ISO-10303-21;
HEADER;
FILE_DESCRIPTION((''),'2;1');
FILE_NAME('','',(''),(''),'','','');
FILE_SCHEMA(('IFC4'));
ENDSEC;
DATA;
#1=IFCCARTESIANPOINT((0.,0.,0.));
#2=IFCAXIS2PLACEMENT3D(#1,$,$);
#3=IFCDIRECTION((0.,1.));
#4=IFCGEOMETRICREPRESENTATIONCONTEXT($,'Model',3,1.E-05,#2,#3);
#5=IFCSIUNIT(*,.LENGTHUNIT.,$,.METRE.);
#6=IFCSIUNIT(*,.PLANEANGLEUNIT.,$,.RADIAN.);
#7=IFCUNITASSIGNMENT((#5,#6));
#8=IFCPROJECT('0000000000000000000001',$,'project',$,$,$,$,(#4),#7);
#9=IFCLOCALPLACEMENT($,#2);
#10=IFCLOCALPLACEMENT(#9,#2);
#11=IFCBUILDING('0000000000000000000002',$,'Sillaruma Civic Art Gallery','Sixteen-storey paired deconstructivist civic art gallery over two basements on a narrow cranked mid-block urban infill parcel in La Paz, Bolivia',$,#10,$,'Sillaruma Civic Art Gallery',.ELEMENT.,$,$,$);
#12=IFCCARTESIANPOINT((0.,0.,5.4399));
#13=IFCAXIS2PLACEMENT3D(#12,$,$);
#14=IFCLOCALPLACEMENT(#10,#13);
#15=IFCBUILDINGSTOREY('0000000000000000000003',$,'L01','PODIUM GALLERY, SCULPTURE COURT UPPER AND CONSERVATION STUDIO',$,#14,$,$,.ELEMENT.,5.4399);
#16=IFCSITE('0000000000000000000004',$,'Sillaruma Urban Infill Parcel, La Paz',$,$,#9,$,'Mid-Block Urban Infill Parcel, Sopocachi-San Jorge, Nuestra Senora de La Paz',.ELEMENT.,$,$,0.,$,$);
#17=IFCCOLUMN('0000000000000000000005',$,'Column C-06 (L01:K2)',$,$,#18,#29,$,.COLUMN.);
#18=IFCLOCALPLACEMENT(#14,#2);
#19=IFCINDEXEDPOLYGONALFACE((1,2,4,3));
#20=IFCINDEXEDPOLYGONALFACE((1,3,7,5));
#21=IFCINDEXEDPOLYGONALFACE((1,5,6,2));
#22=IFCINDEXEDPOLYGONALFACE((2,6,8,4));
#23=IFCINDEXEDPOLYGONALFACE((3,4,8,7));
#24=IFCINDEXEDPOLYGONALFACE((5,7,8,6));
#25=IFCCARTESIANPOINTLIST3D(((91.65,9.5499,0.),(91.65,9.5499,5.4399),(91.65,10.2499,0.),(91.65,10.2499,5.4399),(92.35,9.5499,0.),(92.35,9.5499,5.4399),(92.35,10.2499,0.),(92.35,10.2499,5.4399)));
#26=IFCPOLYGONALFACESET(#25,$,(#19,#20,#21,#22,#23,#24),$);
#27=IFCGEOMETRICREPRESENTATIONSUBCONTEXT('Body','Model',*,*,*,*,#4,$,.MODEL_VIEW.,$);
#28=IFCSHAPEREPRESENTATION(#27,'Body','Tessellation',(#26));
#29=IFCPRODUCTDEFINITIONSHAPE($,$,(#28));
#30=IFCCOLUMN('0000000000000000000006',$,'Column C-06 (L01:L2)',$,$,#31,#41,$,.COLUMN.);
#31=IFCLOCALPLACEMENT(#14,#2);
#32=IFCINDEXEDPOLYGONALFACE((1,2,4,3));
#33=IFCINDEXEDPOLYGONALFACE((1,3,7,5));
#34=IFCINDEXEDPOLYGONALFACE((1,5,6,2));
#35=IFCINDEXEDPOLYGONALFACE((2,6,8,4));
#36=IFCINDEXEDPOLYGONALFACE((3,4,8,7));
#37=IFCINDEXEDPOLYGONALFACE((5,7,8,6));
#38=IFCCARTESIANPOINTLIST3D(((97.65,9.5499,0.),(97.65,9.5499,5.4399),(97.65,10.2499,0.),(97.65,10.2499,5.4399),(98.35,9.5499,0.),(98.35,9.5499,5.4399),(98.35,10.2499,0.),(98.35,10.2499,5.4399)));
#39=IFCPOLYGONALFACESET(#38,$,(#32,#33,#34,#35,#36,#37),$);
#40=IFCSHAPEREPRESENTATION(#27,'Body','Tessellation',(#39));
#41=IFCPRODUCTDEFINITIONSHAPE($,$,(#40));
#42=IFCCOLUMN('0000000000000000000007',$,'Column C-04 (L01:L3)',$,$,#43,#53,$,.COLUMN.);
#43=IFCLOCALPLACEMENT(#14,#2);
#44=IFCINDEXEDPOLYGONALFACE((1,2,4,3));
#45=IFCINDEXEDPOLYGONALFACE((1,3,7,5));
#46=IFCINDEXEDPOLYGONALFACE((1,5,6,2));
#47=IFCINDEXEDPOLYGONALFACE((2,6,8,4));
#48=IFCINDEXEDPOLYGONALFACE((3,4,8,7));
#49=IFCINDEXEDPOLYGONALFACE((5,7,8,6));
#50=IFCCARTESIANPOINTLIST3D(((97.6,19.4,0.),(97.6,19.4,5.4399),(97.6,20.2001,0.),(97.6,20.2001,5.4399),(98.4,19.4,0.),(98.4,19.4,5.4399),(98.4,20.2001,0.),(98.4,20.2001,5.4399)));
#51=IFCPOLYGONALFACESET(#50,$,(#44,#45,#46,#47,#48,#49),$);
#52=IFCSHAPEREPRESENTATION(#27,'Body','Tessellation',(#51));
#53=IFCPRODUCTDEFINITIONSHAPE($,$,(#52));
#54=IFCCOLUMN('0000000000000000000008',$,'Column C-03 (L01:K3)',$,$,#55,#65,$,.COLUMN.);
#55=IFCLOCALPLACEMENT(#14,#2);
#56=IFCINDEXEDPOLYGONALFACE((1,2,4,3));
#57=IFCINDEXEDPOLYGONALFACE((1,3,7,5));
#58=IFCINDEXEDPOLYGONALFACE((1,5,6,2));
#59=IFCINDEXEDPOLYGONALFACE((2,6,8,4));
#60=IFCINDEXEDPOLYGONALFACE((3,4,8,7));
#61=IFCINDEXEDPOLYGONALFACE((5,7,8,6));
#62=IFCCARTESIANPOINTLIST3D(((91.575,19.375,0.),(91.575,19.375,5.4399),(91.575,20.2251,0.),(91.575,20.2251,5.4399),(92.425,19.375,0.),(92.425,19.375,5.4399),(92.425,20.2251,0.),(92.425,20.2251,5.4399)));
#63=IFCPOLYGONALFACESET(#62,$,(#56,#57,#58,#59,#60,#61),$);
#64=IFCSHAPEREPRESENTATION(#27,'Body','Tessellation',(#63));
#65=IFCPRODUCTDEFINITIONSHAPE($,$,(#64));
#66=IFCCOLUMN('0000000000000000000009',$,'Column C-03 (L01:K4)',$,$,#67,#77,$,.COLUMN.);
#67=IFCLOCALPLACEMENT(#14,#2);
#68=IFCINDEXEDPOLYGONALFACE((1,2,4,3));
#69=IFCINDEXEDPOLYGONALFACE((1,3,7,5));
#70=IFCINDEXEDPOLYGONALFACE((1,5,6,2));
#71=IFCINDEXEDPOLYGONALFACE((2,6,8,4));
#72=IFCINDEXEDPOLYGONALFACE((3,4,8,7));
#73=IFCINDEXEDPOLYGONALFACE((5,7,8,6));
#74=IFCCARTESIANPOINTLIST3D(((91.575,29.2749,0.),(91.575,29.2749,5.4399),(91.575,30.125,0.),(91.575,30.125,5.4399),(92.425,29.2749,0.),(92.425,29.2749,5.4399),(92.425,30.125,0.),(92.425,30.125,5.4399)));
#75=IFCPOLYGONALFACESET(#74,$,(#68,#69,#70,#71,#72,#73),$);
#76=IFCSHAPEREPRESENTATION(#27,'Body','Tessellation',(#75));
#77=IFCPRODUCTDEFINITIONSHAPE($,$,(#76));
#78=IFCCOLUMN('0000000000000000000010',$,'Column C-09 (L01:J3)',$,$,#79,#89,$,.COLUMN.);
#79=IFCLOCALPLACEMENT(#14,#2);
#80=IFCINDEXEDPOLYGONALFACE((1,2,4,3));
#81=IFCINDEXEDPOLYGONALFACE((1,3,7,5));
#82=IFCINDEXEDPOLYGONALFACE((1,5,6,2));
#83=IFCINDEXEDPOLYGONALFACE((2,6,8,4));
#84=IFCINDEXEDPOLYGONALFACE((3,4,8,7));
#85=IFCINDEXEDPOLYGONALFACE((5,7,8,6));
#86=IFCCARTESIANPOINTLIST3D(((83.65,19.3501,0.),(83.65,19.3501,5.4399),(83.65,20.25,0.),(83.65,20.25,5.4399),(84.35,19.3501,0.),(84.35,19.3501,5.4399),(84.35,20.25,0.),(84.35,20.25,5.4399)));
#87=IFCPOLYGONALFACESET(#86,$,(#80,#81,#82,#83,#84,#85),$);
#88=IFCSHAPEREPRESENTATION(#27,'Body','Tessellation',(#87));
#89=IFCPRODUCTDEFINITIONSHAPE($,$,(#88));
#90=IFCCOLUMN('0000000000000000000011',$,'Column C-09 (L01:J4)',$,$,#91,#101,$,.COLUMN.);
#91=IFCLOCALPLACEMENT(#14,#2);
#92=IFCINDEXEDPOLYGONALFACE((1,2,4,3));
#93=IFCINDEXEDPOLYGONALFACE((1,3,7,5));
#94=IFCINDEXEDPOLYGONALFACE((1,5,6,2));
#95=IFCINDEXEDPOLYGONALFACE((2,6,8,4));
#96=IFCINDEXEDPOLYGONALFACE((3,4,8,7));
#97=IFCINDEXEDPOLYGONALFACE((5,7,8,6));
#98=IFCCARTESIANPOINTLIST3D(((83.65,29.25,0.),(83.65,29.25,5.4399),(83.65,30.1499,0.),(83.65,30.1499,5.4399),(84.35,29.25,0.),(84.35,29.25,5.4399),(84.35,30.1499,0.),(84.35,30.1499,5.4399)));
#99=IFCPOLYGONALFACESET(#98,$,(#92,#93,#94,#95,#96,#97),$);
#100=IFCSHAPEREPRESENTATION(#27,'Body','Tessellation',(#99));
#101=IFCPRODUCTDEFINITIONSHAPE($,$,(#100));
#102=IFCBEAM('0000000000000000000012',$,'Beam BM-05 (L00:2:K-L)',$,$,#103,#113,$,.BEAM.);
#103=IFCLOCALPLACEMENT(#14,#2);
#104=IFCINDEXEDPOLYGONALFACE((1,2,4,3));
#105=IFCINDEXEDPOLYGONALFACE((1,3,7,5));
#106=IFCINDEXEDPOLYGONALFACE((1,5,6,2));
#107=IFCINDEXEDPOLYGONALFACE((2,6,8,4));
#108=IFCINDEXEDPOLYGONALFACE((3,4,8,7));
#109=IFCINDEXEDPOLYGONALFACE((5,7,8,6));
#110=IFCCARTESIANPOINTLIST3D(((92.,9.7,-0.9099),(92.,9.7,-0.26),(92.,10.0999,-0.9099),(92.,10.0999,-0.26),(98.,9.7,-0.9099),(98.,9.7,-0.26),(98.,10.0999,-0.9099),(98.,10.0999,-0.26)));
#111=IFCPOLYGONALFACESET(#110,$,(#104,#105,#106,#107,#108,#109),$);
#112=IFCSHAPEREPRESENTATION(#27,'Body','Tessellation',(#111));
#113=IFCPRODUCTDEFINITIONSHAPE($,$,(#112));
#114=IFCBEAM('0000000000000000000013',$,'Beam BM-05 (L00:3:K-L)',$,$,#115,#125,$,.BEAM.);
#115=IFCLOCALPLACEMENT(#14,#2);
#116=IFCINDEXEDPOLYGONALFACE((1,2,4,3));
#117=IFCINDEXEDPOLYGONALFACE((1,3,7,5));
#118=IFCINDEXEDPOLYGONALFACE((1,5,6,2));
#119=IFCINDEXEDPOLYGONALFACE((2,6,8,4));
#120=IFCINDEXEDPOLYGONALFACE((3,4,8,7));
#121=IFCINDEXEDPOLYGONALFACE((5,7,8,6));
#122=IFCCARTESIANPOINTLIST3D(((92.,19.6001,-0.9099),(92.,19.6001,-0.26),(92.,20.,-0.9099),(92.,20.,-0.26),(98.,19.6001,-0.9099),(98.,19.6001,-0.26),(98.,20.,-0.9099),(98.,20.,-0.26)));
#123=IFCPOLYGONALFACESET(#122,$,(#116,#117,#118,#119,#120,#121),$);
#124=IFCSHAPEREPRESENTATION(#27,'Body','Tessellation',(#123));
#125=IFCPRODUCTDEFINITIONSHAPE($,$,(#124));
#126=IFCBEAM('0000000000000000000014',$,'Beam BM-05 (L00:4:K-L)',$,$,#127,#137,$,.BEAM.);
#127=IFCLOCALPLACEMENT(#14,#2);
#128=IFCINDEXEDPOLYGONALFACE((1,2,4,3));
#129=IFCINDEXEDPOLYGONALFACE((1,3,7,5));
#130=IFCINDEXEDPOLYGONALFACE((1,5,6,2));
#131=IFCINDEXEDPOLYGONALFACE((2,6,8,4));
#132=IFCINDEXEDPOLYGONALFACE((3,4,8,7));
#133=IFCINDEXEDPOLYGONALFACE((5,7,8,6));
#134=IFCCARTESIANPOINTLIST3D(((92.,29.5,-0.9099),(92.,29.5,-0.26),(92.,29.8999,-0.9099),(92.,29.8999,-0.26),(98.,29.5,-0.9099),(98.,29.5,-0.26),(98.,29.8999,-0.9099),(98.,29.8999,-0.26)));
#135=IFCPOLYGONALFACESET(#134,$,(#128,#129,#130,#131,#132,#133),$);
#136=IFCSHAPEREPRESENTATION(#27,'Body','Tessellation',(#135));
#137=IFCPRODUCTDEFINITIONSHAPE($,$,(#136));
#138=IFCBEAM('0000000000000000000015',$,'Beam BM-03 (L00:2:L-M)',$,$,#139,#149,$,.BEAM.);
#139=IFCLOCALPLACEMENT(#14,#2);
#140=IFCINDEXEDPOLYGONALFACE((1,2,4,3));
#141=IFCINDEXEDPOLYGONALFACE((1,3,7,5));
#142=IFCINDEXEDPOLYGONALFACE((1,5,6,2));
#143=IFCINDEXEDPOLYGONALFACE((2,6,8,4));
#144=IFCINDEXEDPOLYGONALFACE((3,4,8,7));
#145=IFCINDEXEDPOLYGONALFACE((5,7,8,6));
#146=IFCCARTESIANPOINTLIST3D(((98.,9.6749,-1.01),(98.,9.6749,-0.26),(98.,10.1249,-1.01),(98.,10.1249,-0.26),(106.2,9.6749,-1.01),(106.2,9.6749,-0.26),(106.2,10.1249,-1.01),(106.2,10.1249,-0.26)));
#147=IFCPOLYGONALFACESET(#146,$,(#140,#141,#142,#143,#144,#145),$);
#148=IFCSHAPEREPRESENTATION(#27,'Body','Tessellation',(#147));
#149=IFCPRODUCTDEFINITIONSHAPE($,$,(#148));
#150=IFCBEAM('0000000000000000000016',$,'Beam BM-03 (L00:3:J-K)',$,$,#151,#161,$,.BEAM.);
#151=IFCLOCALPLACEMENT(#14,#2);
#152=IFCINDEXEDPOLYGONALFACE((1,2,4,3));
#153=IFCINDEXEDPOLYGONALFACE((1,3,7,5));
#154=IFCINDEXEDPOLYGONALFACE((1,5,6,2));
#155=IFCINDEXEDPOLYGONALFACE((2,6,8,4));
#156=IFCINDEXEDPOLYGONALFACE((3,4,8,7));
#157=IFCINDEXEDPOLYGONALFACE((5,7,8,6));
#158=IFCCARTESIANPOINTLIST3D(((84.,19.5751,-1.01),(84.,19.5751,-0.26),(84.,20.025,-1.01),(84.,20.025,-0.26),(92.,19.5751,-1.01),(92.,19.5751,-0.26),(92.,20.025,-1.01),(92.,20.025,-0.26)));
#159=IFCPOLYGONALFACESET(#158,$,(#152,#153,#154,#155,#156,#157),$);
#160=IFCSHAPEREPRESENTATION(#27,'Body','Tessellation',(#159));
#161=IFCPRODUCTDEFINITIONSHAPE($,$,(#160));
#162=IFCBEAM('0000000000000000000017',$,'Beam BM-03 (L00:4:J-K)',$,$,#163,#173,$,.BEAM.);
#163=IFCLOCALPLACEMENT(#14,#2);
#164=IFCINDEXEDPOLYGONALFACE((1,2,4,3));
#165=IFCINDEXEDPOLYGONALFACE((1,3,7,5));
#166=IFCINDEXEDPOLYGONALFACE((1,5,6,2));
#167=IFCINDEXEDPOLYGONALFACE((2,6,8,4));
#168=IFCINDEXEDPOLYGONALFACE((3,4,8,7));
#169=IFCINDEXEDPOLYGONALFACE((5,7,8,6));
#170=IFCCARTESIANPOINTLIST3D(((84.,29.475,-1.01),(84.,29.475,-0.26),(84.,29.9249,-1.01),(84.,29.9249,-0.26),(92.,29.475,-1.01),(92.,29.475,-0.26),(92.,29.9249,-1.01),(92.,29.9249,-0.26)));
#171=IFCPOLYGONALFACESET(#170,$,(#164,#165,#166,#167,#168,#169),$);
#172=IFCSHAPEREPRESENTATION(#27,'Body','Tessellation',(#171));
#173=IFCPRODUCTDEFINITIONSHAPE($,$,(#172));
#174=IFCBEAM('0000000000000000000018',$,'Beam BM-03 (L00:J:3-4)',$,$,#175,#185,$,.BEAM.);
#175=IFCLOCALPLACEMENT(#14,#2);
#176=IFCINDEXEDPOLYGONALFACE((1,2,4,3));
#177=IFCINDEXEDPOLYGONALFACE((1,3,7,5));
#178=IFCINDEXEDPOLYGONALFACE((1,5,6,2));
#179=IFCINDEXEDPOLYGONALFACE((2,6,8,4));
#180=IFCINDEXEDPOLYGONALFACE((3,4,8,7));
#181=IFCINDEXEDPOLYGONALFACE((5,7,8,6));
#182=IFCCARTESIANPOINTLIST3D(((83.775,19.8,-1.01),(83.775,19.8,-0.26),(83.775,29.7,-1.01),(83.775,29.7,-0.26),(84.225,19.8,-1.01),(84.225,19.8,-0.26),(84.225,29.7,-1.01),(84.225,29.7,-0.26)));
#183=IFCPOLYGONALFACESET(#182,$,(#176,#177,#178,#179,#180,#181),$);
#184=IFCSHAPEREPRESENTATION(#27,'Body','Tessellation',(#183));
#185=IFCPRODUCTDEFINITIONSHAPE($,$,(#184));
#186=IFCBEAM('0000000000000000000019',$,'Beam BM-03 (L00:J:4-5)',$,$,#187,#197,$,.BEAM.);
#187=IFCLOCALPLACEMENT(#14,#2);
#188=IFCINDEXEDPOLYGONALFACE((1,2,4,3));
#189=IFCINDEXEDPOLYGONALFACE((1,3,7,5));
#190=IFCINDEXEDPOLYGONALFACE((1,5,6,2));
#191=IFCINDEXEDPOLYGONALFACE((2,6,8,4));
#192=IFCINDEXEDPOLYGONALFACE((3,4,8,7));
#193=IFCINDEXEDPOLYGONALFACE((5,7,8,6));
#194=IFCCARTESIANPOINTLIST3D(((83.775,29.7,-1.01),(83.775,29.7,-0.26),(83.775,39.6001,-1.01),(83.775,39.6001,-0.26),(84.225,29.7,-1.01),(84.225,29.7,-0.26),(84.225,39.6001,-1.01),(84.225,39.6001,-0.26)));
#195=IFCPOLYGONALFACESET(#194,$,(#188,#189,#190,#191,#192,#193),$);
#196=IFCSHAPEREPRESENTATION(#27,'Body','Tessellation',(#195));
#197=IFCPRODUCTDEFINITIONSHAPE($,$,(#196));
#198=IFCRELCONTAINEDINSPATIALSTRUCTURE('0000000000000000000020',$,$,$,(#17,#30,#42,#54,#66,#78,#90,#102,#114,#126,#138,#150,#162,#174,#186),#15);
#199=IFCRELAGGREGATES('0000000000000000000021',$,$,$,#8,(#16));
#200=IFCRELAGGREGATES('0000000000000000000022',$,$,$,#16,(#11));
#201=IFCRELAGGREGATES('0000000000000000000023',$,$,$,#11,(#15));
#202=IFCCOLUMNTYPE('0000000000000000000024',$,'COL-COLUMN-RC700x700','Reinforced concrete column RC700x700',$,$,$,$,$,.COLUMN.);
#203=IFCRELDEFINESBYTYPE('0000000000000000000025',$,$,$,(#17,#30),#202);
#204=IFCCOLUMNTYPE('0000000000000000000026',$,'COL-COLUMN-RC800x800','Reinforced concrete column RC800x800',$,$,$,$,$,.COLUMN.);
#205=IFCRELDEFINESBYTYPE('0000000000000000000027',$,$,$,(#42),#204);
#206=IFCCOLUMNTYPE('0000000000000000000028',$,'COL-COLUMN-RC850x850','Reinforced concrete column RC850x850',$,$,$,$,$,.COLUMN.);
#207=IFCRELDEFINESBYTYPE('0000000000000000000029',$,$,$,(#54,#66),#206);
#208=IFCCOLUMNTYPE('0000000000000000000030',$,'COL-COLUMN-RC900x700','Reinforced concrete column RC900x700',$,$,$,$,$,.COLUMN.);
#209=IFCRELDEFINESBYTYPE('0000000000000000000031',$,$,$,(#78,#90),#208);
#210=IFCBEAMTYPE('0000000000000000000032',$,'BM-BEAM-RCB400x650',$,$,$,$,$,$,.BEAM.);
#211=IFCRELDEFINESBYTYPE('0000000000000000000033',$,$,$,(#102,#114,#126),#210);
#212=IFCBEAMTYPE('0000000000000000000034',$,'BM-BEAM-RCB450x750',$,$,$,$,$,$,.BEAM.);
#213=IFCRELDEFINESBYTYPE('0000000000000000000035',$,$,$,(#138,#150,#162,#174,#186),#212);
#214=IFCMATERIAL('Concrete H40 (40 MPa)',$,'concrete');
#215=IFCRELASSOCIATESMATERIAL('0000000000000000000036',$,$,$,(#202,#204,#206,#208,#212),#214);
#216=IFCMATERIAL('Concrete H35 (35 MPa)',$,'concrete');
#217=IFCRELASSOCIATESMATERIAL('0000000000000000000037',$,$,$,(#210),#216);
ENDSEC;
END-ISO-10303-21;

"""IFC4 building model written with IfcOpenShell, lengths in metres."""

from ifc_helpers import new_model, si_unit, direction, frame, origin, origin_2d, place, context, subcontext, project, spatial, rectangle, extrude, material, material_profile, profile_set, type_object, element, save


model = new_model("IFC4")

# Units and contexts
model_context = context("Model", 3, precision=1e-05, world=origin(), true_north=direction((0.0, 1.0)))
body_context = subcontext(model_context, "Body", "Model", "MODEL_VIEW")
ifc_project = project(units=[si_unit("LENGTHUNIT", "METRE"), si_unit("PLANEANGLEUNIT", "RADIAN")], contexts=[model_context])

# Site, building, storey
site_placement = place(None, origin())
site = spatial("IfcSite", under=ifc_project, at=site_placement, Name="Sillaruma Urban Infill Parcel, La Paz", LongName="Mid-Block Urban Infill Parcel, Sopocachi-San Jorge, Nuestra Senora de La Paz", CompositionType="ELEMENT", RefElevation=0.0)
building_placement = place(site_placement, origin())
building = spatial("IfcBuilding", under=site, at=building_placement, Name="Sillaruma Civic Art Gallery", Description="Sixteen-storey paired deconstructivist civic art gallery over two basements on a narrow cranked mid-block urban infill parcel in La Paz, Bolivia", LongName="Sillaruma Civic Art Gallery", CompositionType="ELEMENT")
storey_placement = place(building_placement, frame((0.0, 0.0, 5.4399)))
storey = spatial("IfcBuildingStorey", under=building, at=storey_placement, Name="L01", Description="PODIUM GALLERY, SCULPTURE COURT UPPER AND CONSERVATION STUDIO", CompositionType="ELEMENT", Elevation=5.4399)

# Columns
ifc_material_1 = material(Name="Concrete H40 (40 MPa)", Category="concrete")
ifc_material_profile_1 = material_profile(ifc_material_1, rectangle(XDim=0.7, YDim=0.7, at=origin_2d()), Name="RC700x700")
ifc_profile_set_1 = profile_set([ifc_material_profile_1], Name="Concrete H40 (40 MPa)")
column_type_1 = type_object("IfcColumnType", Name="COL-COLUMN-RC700x700", Description="Reinforced concrete column RC700x700", PredefinedType="COLUMN", material=ifc_profile_set_1)
for number, where, z_axis, x_axis, name in (
    (1, (92.0, 9.8999, 0.0), (0.0, 0.0, 1.0), (1.0, 0.0, 0.0), "Column C-06 (L01:K2)"),
    (2, (98.0, 9.8999, 0.0), (0.0, 0.0, 1.0), (1.0, 0.0, 0.0), "Column C-06 (L01:L2)"),
):
    element("IfcColumn", number, at=place(storey_placement, frame(where, z_axis=z_axis, x_axis=x_axis)), inside=storey, type_object=column_type_1, Name=name, PredefinedType="COLUMN", context=body_context, shape_type="SweptSolid", body=[
        extrude(rectangle(XDim=0.7, YDim=0.7, at=origin_2d()), origin(), (0.0, 0.0, 1.0), 5.4399),
    ])
ifc_material_profile_2 = material_profile(ifc_material_1, rectangle(XDim=0.8, YDim=0.8, at=origin_2d()), Name="RC800x800")
ifc_profile_set_2 = profile_set([ifc_material_profile_2], Name="Concrete H40 (40 MPa)")
column_type_2 = type_object("IfcColumnType", Name="COL-COLUMN-RC800x800", Description="Reinforced concrete column RC800x800", PredefinedType="COLUMN", material=ifc_profile_set_2)
column_placement = place(storey_placement, frame((98.0, 19.8, 0.0), z_axis=(0.0, 0.0, 1.0), x_axis=(1.0, 0.0, 0.0)))
element("IfcColumn", 3, at=column_placement, inside=storey, type_object=column_type_2, Name="Column C-04 (L01:L3)", PredefinedType="COLUMN", context=body_context, shape_type="SweptSolid", body=[
    extrude(rectangle(XDim=0.8, YDim=0.8, at=origin_2d()), origin(), (0.0, 0.0, 1.0), 5.4399),
])
ifc_material_profile_3 = material_profile(ifc_material_1, rectangle(XDim=0.8501, YDim=0.8501, at=origin_2d()), Name="RC850x850")
ifc_profile_set_3 = profile_set([ifc_material_profile_3], Name="Concrete H40 (40 MPa)")
column_type_3 = type_object("IfcColumnType", Name="COL-COLUMN-RC850x850", Description="Reinforced concrete column RC850x850", PredefinedType="COLUMN", material=ifc_profile_set_3)
for number, where, z_axis, x_axis, name in (
    (4, (92.0, 19.8, 0.0), (0.0, 0.0, 1.0), (1.0, 0.0, 0.0), "Column C-03 (L01:K3)"),
    (5, (92.0, 29.7, 0.0), (0.0, 0.0, 1.0), (1.0, 0.0, 0.0), "Column C-03 (L01:K4)"),
):
    element("IfcColumn", number, at=place(storey_placement, frame(where, z_axis=z_axis, x_axis=x_axis)), inside=storey, type_object=column_type_3, Name=name, PredefinedType="COLUMN", context=body_context, shape_type="SweptSolid", body=[
        extrude(rectangle(XDim=0.8501, YDim=0.8501, at=origin_2d()), origin(), (0.0, 0.0, 1.0), 5.4399),
    ])
ifc_material_profile_4 = material_profile(ifc_material_1, rectangle(XDim=0.7, YDim=0.8999, at=origin_2d()), Name="RC900x700")
ifc_profile_set_4 = profile_set([ifc_material_profile_4], Name="Concrete H40 (40 MPa)")
column_type_4 = type_object("IfcColumnType", Name="COL-COLUMN-RC900x700", Description="Reinforced concrete column RC900x700", PredefinedType="COLUMN", material=ifc_profile_set_4)
for number, where, z_axis, x_axis, name in (
    (6, (84.0, 19.8, 0.0), (0.0, 0.0, 1.0), (1.0, 0.0, 0.0), "Column C-09 (L01:J3)"),
    (7, (84.0, 29.7, 0.0), (0.0, 0.0, 1.0), (1.0, 0.0, 0.0), "Column C-09 (L01:J4)"),
):
    element("IfcColumn", number, at=place(storey_placement, frame(where, z_axis=z_axis, x_axis=x_axis)), inside=storey, type_object=column_type_4, Name=name, PredefinedType="COLUMN", context=body_context, shape_type="SweptSolid", body=[
        extrude(rectangle(XDim=0.7, YDim=0.8999, at=origin_2d()), origin(), (0.0, 0.0, 1.0), 5.4399),
    ])

# Beams
ifc_material_2 = material(Name="Concrete H35 (35 MPa)", Category="concrete")
ifc_material_profile_5 = material_profile(ifc_material_2, rectangle(XDim=0.3999, YDim=0.6499, at=origin_2d()), Name="RCB400x650")
ifc_profile_set_5 = profile_set([ifc_material_profile_5], Name="Concrete H35 (35 MPa)")
beam_type_1 = type_object("IfcBeamType", Name="BM-BEAM-RCB400x650", PredefinedType="BEAM", material=ifc_profile_set_5)
for number, where, z_axis, x_axis, name in (
    (8, (92.0, 9.8999, -0.585), (1.0, 0.0, 0.0), (0.0, 1.0, 0.0), "Beam BM-05 (L00:2:K-L)"),
    (9, (92.0, 19.8, -0.585), (1.0, 0.0, 0.0), (0.0, 1.0, 0.0), "Beam BM-05 (L00:3:K-L)"),
    (10, (92.0, 29.7, -0.585), (1.0, 0.0, 0.0), (0.0, 1.0, 0.0), "Beam BM-05 (L00:4:K-L)"),
):
    element("IfcBeam", number, at=place(storey_placement, frame(where, z_axis=z_axis, x_axis=x_axis)), inside=storey, type_object=beam_type_1, Name=name, PredefinedType="BEAM", context=body_context, shape_type="SweptSolid", body=[
        extrude(rectangle(XDim=0.3999, YDim=0.6499, at=origin_2d()), origin(), (0.0, 0.0, 1.0), 6.0),
    ])
ifc_material_profile_6 = material_profile(ifc_material_1, rectangle(XDim=0.45, YDim=0.75, at=origin_2d()), Name="RCB450x750")
ifc_profile_set_6 = profile_set([ifc_material_profile_6], Name="Concrete H40 (40 MPa)")
beam_type_2 = type_object("IfcBeamType", Name="BM-BEAM-RCB450x750", PredefinedType="BEAM", material=ifc_profile_set_6)
beam_1_placement = place(storey_placement, frame((98.0, 9.8999, -0.635), z_axis=(1.0, 0.0, 0.0), x_axis=(0.0, 1.0, 0.0)))
element("IfcBeam", 11, at=beam_1_placement, inside=storey, type_object=beam_type_2, Name="Beam BM-03 (L00:2:L-M)", PredefinedType="BEAM", context=body_context, shape_type="SweptSolid", body=[
    extrude(rectangle(XDim=0.45, YDim=0.75, at=origin_2d()), origin(), (0.0, 0.0, 1.0), 8.2),
])
for number, where, z_axis, x_axis, name in (
    (12, (84.0, 19.8, -0.635), (1.0, 0.0, 0.0), (0.0, 1.0, 0.0), "Beam BM-03 (L00:3:J-K)"),
    (13, (84.0, 29.7, -0.635), (1.0, 0.0, 0.0), (0.0, 1.0, 0.0), "Beam BM-03 (L00:4:J-K)"),
):
    element("IfcBeam", number, at=place(storey_placement, frame(where, z_axis=z_axis, x_axis=x_axis)), inside=storey, type_object=beam_type_2, Name=name, PredefinedType="BEAM", context=body_context, shape_type="SweptSolid", body=[
        extrude(rectangle(XDim=0.45, YDim=0.75, at=origin_2d()), origin(), (0.0, 0.0, 1.0), 8.0),
    ])
beam_2_placement = place(storey_placement, frame((84.0, 19.8, -0.635), z_axis=(0.0, 1.0, 0.0), x_axis=(-1.0, 0.0, 0.0)))
element("IfcBeam", 14, at=beam_2_placement, inside=storey, type_object=beam_type_2, Name="Beam BM-03 (L00:J:3-4)", PredefinedType="BEAM", context=body_context, shape_type="SweptSolid", body=[
    extrude(rectangle(XDim=0.45, YDim=0.75, at=origin_2d()), origin(), (0.0, 0.0, 1.0), 9.8999),
])
beam_3_placement = place(storey_placement, frame((84.0, 29.7, -0.635), z_axis=(0.0, 1.0, 0.0), x_axis=(-1.0, 0.0, 0.0)))
element("IfcBeam", 15, at=beam_3_placement, inside=storey, type_object=beam_type_2, Name="Beam BM-03 (L00:J:4-5)", PredefinedType="BEAM", context=body_context, shape_type="SweptSolid", body=[
    extrude(rectangle(XDim=0.45, YDim=0.75, at=origin_2d()), origin(), (0.0, 0.0, 1.0), 9.9001),
])

save(model, "model.ifc")
